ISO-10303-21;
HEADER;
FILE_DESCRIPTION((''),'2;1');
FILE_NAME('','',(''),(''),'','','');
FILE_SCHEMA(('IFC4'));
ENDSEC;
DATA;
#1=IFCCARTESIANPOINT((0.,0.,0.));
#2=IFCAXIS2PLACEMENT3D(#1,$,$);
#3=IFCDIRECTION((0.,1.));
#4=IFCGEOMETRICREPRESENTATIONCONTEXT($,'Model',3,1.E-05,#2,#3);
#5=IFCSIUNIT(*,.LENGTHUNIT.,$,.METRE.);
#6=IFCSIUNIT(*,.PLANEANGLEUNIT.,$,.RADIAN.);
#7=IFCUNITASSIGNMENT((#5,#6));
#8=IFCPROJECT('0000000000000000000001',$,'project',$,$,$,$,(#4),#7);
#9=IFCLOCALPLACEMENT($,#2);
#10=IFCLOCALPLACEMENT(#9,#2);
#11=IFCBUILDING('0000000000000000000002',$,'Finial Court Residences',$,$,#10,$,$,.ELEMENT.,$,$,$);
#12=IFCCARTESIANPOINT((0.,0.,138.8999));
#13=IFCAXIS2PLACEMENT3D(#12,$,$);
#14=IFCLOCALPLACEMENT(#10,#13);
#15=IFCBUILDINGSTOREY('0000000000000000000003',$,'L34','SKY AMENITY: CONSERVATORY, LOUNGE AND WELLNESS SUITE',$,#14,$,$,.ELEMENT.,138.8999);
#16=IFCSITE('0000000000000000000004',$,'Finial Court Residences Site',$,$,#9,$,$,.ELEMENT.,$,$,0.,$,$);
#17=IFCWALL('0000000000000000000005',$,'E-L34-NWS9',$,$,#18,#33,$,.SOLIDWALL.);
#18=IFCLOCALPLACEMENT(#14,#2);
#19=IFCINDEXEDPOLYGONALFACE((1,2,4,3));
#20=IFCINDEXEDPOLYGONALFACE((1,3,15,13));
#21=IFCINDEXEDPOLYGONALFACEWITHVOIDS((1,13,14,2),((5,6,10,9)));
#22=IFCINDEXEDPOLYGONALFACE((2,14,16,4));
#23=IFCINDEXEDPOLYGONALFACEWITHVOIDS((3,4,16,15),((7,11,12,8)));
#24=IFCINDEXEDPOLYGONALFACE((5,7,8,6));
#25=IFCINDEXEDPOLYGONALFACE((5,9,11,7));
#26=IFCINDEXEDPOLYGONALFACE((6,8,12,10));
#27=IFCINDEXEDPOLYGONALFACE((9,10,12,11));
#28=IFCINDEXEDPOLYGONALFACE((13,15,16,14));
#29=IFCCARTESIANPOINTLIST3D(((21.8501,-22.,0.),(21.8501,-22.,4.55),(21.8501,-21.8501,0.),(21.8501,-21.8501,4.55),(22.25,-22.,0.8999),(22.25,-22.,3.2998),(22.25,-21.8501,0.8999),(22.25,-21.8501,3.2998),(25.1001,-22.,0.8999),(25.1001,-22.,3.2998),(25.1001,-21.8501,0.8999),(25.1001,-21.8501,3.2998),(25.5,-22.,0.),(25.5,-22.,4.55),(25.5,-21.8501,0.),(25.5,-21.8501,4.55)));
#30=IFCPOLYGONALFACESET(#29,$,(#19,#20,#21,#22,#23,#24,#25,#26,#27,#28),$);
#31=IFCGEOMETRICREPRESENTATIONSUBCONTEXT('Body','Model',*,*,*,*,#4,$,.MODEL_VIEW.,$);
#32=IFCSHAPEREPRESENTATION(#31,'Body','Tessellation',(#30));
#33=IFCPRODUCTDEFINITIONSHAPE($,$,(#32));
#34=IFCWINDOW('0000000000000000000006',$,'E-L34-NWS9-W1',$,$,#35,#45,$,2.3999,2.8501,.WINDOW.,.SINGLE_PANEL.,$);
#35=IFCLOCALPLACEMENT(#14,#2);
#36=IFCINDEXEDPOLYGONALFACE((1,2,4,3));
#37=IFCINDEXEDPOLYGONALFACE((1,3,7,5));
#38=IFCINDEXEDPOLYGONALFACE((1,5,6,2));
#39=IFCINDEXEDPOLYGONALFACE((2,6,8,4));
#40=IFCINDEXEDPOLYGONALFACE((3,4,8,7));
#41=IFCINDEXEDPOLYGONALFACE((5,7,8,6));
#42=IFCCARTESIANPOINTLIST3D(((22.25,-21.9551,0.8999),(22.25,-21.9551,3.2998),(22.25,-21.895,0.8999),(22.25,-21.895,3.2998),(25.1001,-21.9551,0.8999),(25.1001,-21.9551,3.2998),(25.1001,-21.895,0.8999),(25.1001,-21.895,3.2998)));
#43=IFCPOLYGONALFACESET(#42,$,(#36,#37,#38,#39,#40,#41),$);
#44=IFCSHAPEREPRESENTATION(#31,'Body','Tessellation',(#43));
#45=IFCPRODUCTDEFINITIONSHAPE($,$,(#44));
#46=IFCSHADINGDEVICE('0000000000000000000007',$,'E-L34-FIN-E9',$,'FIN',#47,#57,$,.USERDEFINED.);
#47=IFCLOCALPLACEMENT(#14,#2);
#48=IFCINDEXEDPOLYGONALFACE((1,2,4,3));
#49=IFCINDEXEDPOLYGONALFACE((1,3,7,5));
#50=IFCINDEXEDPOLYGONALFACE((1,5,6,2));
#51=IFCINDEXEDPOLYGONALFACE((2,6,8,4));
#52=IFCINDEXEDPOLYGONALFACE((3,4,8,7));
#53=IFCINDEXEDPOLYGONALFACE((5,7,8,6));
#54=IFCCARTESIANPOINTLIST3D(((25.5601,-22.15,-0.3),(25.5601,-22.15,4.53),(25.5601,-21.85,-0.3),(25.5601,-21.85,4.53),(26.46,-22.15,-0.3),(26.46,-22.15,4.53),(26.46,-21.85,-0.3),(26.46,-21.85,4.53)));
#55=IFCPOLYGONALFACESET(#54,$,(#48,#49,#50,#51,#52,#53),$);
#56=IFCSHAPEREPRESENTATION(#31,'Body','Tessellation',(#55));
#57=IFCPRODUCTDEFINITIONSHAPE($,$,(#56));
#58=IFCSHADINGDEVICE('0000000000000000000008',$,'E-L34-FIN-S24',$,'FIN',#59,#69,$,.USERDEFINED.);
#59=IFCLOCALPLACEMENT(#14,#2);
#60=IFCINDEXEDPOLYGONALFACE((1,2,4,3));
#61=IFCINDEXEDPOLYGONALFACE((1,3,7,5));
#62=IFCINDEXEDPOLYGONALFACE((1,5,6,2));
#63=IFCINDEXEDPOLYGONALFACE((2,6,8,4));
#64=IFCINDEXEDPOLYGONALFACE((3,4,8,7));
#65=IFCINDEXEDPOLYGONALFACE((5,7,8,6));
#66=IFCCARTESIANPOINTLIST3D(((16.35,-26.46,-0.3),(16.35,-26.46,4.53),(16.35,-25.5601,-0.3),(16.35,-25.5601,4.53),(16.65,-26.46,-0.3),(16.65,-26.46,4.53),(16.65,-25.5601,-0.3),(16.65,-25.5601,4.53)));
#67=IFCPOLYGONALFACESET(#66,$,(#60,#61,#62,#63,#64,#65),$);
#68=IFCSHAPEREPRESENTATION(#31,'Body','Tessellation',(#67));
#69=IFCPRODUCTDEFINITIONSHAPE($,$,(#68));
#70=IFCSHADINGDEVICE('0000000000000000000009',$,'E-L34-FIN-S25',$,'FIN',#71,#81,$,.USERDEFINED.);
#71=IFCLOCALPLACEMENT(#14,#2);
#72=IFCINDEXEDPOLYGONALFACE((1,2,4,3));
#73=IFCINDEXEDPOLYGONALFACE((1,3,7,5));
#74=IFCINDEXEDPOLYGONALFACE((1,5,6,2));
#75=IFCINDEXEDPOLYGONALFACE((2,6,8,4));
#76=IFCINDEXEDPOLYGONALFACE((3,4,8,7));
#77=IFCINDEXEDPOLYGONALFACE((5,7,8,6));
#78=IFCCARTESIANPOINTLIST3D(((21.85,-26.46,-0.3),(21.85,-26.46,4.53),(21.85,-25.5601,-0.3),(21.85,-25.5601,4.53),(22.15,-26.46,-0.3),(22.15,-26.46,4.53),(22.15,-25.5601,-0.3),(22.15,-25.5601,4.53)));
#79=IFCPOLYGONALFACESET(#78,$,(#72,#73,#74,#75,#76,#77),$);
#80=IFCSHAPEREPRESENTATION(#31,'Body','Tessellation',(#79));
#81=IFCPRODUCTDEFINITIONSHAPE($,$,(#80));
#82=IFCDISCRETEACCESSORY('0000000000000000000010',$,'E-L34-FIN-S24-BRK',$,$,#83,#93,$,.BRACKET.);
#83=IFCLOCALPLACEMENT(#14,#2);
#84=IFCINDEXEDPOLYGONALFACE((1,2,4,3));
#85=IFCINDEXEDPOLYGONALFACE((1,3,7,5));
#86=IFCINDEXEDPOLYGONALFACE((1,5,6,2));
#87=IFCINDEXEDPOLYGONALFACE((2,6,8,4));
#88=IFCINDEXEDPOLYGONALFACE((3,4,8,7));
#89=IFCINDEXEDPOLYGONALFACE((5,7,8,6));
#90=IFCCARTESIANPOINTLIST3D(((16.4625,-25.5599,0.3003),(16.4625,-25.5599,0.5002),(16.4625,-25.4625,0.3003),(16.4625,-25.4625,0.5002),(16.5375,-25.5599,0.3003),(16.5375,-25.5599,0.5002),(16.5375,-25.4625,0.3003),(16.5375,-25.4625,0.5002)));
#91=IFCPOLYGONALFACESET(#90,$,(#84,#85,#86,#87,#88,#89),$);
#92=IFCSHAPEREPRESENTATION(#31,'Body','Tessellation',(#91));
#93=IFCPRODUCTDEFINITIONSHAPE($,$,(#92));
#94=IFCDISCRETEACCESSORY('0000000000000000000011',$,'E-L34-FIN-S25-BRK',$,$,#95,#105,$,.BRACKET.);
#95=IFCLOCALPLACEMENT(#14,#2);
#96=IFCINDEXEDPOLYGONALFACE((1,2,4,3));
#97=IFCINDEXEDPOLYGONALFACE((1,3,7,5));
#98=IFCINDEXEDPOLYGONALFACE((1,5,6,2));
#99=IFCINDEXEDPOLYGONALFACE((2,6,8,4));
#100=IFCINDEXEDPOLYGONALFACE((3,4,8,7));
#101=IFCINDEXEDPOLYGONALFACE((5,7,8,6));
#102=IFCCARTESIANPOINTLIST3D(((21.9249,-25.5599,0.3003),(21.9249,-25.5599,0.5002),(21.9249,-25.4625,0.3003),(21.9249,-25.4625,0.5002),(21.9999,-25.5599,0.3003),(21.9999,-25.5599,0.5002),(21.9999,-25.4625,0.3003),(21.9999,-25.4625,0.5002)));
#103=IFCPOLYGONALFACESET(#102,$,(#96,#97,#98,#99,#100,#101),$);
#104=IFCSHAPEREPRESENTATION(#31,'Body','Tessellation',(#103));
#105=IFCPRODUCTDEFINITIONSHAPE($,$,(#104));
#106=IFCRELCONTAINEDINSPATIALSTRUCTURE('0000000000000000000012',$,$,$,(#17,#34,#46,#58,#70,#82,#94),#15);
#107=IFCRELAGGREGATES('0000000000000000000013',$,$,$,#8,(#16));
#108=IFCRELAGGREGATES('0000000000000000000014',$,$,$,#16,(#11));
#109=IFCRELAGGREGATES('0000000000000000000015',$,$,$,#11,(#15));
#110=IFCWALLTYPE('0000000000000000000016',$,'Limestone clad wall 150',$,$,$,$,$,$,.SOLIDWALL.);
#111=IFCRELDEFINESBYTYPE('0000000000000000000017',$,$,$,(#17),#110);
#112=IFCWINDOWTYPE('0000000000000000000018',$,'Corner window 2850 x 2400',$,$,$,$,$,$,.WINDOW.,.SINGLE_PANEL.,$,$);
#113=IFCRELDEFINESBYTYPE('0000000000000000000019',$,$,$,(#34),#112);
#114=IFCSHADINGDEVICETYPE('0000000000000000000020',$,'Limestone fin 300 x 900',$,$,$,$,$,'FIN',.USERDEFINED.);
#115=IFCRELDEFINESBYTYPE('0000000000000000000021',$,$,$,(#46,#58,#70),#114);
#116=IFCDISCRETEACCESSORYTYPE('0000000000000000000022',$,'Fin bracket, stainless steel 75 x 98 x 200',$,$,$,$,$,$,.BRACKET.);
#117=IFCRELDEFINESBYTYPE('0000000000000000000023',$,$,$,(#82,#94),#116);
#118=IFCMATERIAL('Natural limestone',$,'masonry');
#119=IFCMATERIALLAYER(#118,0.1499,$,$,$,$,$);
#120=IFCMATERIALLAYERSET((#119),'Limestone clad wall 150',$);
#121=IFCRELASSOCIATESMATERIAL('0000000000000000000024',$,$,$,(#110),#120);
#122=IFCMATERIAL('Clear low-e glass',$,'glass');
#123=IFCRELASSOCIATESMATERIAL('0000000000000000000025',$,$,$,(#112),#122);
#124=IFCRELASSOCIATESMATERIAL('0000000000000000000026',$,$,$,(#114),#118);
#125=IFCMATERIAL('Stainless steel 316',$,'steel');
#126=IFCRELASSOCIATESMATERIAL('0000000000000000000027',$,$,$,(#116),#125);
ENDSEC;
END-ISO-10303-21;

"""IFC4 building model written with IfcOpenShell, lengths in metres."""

from ifc_helpers import new_model, si_unit, direction, frame, frame_2d, origin, origin_2d, place, context, subcontext, project, spatial, rectangle, extrude, material, layer, layer_set, type_object, element, fill, save


model = new_model("IFC4")

# Units and contexts
model_context = context("Model", 3, precision=1e-05, world=origin(), true_north=direction((0.0, 1.0)))
body_context = subcontext(model_context, "Body", "Model", "MODEL_VIEW")
ifc_project = project(units=[si_unit("LENGTHUNIT", "METRE"), si_unit("PLANEANGLEUNIT", "RADIAN")], contexts=[model_context])

# Site, building, storey
site_placement = place(None, origin())
site = spatial("IfcSite", under=ifc_project, at=site_placement, Name="Finial Court Residences Site", CompositionType="ELEMENT", RefElevation=0.0)
building_placement = place(site_placement, origin())
building = spatial("IfcBuilding", under=site, at=building_placement, Name="Finial Court Residences", CompositionType="ELEMENT")
storey_placement = place(building_placement, frame((0.0, 0.0, 138.8999)))
storey = spatial("IfcBuildingStorey", under=building, at=storey_placement, Name="L34", Description="SKY AMENITY: CONSERVATORY, LOUNGE AND WELLNESS SUITE", CompositionType="ELEMENT", Elevation=138.8999)

# Shared definitions
ifc_material_1 = material(Name="Clear low-e glass", Category="glass")

# Wall, opening, window
ifc_material_2 = material(Name="Natural limestone", Category="masonry")
ifc_layer_1 = layer(ifc_material_2, 0.1499)
ifc_layer_set_1 = layer_set([ifc_layer_1], Name="Limestone clad wall 150")
wall_type = type_object("IfcWallType", Name="Limestone clad wall 150", PredefinedType="SOLIDWALL", material=ifc_layer_set_1)
wall_1_placement = place(storey_placement, frame((25.5, -21.925, 0.0), z_axis=(0.0, 0.0, 1.0), x_axis=(-1.0, 0.0, 0.0)))
wall_1 = element("IfcWall", 1, at=wall_1_placement, inside=storey, type_object=wall_type, Name="E-L34-NWS9", PredefinedType="SOLIDWALL", context=body_context, shape_type="SweptSolid", body=[
    extrude(rectangle(XDim=3.6499, YDim=0.1499, at=frame_2d((1.825, 0.0))), origin(), (0.0, 0.0, 1.0), 4.55),
])
opening_1_placement = place(wall_1_placement, frame((0.3999, 0.0, 0.8999)))
opening_1 = element("IfcOpeningElement", 2, at=opening_1_placement, cuts=wall_1, PredefinedType="OPENING", context=body_context, shape_type="SweptSolid", body=[
    extrude(rectangle(XDim=2.8501, YDim=2.3999, at=frame_2d((1.425, 1.2))), frame((0.0, 0.085, 0.0), z_axis=(0.0, -1.0, 0.0), x_axis=(1.0, 0.0, 0.0)), (0.0, 0.0, 1.0), 0.1699),
])
window_type_1 = type_object("IfcWindowType", Name="Corner window 2850 x 2400", PartitioningType="SINGLE_PANEL", PredefinedType="WINDOW", material=ifc_material_1)
window_1_placement = place(opening_1_placement, origin())
window_1 = element("IfcWindow", 3, at=window_1_placement, inside=storey, type_object=window_type_1, Name="E-L34-NWS9-W1", OverallHeight=2.3999, OverallWidth=2.8501, PartitioningType="SINGLE_PANEL", PredefinedType="WINDOW", context=body_context, shape_type="SweptSolid", body=[
    extrude(rectangle(XDim=2.8501, YDim=2.3999, at=frame_2d((1.425, 1.2))), frame((0.0, 0.03, 0.0), z_axis=(0.0, -1.0, 0.0), x_axis=(1.0, 0.0, 0.0)), (0.0, 0.0, 1.0), 0.0601),
])
fill(opening_1, window_1)

# Shading devices
shading_device_type = type_object("IfcShadingDeviceType", Name="Limestone fin 300 x 900", ElementType="FIN", PredefinedType="USERDEFINED", material=ifc_material_2)
shading_device_placement = place(storey_placement, frame((26.01, -22.0, -0.3), z_axis=(0.0, 0.0, 1.0), x_axis=(1.0, 0.0, 0.0)))
element("IfcShadingDevice", 4, at=shading_device_placement, inside=storey, type_object=shading_device_type, Name="E-L34-FIN-E9", ObjectType="FIN", PredefinedType="USERDEFINED", context=body_context, shape_type="SweptSolid", body=[
    extrude(rectangle(XDim=0.8999, YDim=0.3, at=origin_2d()), origin(), (0.0, 0.0, 1.0), 4.8301),
])
for number, where, z_axis, x_axis, name in (
    (5, (16.5, -26.01, -0.3), (0.0, 0.0, 1.0), (1.0, 0.0, 0.0), "E-L34-FIN-S24"),
    (6, (22.0, -26.01, -0.3), (0.0, 0.0, 1.0), (1.0, 0.0, 0.0), "E-L34-FIN-S25"),
):
    element("IfcShadingDevice", number, at=place(storey_placement, frame(where, z_axis=z_axis, x_axis=x_axis)), inside=storey, type_object=shading_device_type, Name=name, ObjectType="FIN", PredefinedType="USERDEFINED", context=body_context, shape_type="SweptSolid", body=[
        extrude(rectangle(XDim=0.3, YDim=0.8999, at=origin_2d()), origin(), (0.0, 0.0, 1.0), 4.8301),
    ])

# Discrete accessories
ifc_material_3 = material(Name="Stainless steel 316", Category="steel")
discrete_accessory_type = type_object("IfcDiscreteAccessoryType", Name="Fin bracket, stainless steel 75 x 98 x 200", PredefinedType="BRACKET", material=ifc_material_3)
for number, where, z_axis, x_axis, name in (
    (7, (16.5, -25.5112, 0.3003), (0.0, 0.0, 1.0), (1.0, 0.0, 0.0), "E-L34-FIN-S24-BRK"),
    (8, (21.9624, -25.5112, 0.3003), (0.0, 0.0, 1.0), (1.0, 0.0, 0.0), "E-L34-FIN-S25-BRK"),
):
    element("IfcDiscreteAccessory", number, at=place(storey_placement, frame(where, z_axis=z_axis, x_axis=x_axis)), inside=storey, type_object=discrete_accessory_type, Name=name, PredefinedType="BRACKET", context=body_context, shape_type="SweptSolid", body=[
        extrude(rectangle(XDim=0.075, YDim=0.0974, at=origin_2d()), origin(), (0.0, 0.0, 1.0), 0.2),
    ])

save(model, "model.ifc")
